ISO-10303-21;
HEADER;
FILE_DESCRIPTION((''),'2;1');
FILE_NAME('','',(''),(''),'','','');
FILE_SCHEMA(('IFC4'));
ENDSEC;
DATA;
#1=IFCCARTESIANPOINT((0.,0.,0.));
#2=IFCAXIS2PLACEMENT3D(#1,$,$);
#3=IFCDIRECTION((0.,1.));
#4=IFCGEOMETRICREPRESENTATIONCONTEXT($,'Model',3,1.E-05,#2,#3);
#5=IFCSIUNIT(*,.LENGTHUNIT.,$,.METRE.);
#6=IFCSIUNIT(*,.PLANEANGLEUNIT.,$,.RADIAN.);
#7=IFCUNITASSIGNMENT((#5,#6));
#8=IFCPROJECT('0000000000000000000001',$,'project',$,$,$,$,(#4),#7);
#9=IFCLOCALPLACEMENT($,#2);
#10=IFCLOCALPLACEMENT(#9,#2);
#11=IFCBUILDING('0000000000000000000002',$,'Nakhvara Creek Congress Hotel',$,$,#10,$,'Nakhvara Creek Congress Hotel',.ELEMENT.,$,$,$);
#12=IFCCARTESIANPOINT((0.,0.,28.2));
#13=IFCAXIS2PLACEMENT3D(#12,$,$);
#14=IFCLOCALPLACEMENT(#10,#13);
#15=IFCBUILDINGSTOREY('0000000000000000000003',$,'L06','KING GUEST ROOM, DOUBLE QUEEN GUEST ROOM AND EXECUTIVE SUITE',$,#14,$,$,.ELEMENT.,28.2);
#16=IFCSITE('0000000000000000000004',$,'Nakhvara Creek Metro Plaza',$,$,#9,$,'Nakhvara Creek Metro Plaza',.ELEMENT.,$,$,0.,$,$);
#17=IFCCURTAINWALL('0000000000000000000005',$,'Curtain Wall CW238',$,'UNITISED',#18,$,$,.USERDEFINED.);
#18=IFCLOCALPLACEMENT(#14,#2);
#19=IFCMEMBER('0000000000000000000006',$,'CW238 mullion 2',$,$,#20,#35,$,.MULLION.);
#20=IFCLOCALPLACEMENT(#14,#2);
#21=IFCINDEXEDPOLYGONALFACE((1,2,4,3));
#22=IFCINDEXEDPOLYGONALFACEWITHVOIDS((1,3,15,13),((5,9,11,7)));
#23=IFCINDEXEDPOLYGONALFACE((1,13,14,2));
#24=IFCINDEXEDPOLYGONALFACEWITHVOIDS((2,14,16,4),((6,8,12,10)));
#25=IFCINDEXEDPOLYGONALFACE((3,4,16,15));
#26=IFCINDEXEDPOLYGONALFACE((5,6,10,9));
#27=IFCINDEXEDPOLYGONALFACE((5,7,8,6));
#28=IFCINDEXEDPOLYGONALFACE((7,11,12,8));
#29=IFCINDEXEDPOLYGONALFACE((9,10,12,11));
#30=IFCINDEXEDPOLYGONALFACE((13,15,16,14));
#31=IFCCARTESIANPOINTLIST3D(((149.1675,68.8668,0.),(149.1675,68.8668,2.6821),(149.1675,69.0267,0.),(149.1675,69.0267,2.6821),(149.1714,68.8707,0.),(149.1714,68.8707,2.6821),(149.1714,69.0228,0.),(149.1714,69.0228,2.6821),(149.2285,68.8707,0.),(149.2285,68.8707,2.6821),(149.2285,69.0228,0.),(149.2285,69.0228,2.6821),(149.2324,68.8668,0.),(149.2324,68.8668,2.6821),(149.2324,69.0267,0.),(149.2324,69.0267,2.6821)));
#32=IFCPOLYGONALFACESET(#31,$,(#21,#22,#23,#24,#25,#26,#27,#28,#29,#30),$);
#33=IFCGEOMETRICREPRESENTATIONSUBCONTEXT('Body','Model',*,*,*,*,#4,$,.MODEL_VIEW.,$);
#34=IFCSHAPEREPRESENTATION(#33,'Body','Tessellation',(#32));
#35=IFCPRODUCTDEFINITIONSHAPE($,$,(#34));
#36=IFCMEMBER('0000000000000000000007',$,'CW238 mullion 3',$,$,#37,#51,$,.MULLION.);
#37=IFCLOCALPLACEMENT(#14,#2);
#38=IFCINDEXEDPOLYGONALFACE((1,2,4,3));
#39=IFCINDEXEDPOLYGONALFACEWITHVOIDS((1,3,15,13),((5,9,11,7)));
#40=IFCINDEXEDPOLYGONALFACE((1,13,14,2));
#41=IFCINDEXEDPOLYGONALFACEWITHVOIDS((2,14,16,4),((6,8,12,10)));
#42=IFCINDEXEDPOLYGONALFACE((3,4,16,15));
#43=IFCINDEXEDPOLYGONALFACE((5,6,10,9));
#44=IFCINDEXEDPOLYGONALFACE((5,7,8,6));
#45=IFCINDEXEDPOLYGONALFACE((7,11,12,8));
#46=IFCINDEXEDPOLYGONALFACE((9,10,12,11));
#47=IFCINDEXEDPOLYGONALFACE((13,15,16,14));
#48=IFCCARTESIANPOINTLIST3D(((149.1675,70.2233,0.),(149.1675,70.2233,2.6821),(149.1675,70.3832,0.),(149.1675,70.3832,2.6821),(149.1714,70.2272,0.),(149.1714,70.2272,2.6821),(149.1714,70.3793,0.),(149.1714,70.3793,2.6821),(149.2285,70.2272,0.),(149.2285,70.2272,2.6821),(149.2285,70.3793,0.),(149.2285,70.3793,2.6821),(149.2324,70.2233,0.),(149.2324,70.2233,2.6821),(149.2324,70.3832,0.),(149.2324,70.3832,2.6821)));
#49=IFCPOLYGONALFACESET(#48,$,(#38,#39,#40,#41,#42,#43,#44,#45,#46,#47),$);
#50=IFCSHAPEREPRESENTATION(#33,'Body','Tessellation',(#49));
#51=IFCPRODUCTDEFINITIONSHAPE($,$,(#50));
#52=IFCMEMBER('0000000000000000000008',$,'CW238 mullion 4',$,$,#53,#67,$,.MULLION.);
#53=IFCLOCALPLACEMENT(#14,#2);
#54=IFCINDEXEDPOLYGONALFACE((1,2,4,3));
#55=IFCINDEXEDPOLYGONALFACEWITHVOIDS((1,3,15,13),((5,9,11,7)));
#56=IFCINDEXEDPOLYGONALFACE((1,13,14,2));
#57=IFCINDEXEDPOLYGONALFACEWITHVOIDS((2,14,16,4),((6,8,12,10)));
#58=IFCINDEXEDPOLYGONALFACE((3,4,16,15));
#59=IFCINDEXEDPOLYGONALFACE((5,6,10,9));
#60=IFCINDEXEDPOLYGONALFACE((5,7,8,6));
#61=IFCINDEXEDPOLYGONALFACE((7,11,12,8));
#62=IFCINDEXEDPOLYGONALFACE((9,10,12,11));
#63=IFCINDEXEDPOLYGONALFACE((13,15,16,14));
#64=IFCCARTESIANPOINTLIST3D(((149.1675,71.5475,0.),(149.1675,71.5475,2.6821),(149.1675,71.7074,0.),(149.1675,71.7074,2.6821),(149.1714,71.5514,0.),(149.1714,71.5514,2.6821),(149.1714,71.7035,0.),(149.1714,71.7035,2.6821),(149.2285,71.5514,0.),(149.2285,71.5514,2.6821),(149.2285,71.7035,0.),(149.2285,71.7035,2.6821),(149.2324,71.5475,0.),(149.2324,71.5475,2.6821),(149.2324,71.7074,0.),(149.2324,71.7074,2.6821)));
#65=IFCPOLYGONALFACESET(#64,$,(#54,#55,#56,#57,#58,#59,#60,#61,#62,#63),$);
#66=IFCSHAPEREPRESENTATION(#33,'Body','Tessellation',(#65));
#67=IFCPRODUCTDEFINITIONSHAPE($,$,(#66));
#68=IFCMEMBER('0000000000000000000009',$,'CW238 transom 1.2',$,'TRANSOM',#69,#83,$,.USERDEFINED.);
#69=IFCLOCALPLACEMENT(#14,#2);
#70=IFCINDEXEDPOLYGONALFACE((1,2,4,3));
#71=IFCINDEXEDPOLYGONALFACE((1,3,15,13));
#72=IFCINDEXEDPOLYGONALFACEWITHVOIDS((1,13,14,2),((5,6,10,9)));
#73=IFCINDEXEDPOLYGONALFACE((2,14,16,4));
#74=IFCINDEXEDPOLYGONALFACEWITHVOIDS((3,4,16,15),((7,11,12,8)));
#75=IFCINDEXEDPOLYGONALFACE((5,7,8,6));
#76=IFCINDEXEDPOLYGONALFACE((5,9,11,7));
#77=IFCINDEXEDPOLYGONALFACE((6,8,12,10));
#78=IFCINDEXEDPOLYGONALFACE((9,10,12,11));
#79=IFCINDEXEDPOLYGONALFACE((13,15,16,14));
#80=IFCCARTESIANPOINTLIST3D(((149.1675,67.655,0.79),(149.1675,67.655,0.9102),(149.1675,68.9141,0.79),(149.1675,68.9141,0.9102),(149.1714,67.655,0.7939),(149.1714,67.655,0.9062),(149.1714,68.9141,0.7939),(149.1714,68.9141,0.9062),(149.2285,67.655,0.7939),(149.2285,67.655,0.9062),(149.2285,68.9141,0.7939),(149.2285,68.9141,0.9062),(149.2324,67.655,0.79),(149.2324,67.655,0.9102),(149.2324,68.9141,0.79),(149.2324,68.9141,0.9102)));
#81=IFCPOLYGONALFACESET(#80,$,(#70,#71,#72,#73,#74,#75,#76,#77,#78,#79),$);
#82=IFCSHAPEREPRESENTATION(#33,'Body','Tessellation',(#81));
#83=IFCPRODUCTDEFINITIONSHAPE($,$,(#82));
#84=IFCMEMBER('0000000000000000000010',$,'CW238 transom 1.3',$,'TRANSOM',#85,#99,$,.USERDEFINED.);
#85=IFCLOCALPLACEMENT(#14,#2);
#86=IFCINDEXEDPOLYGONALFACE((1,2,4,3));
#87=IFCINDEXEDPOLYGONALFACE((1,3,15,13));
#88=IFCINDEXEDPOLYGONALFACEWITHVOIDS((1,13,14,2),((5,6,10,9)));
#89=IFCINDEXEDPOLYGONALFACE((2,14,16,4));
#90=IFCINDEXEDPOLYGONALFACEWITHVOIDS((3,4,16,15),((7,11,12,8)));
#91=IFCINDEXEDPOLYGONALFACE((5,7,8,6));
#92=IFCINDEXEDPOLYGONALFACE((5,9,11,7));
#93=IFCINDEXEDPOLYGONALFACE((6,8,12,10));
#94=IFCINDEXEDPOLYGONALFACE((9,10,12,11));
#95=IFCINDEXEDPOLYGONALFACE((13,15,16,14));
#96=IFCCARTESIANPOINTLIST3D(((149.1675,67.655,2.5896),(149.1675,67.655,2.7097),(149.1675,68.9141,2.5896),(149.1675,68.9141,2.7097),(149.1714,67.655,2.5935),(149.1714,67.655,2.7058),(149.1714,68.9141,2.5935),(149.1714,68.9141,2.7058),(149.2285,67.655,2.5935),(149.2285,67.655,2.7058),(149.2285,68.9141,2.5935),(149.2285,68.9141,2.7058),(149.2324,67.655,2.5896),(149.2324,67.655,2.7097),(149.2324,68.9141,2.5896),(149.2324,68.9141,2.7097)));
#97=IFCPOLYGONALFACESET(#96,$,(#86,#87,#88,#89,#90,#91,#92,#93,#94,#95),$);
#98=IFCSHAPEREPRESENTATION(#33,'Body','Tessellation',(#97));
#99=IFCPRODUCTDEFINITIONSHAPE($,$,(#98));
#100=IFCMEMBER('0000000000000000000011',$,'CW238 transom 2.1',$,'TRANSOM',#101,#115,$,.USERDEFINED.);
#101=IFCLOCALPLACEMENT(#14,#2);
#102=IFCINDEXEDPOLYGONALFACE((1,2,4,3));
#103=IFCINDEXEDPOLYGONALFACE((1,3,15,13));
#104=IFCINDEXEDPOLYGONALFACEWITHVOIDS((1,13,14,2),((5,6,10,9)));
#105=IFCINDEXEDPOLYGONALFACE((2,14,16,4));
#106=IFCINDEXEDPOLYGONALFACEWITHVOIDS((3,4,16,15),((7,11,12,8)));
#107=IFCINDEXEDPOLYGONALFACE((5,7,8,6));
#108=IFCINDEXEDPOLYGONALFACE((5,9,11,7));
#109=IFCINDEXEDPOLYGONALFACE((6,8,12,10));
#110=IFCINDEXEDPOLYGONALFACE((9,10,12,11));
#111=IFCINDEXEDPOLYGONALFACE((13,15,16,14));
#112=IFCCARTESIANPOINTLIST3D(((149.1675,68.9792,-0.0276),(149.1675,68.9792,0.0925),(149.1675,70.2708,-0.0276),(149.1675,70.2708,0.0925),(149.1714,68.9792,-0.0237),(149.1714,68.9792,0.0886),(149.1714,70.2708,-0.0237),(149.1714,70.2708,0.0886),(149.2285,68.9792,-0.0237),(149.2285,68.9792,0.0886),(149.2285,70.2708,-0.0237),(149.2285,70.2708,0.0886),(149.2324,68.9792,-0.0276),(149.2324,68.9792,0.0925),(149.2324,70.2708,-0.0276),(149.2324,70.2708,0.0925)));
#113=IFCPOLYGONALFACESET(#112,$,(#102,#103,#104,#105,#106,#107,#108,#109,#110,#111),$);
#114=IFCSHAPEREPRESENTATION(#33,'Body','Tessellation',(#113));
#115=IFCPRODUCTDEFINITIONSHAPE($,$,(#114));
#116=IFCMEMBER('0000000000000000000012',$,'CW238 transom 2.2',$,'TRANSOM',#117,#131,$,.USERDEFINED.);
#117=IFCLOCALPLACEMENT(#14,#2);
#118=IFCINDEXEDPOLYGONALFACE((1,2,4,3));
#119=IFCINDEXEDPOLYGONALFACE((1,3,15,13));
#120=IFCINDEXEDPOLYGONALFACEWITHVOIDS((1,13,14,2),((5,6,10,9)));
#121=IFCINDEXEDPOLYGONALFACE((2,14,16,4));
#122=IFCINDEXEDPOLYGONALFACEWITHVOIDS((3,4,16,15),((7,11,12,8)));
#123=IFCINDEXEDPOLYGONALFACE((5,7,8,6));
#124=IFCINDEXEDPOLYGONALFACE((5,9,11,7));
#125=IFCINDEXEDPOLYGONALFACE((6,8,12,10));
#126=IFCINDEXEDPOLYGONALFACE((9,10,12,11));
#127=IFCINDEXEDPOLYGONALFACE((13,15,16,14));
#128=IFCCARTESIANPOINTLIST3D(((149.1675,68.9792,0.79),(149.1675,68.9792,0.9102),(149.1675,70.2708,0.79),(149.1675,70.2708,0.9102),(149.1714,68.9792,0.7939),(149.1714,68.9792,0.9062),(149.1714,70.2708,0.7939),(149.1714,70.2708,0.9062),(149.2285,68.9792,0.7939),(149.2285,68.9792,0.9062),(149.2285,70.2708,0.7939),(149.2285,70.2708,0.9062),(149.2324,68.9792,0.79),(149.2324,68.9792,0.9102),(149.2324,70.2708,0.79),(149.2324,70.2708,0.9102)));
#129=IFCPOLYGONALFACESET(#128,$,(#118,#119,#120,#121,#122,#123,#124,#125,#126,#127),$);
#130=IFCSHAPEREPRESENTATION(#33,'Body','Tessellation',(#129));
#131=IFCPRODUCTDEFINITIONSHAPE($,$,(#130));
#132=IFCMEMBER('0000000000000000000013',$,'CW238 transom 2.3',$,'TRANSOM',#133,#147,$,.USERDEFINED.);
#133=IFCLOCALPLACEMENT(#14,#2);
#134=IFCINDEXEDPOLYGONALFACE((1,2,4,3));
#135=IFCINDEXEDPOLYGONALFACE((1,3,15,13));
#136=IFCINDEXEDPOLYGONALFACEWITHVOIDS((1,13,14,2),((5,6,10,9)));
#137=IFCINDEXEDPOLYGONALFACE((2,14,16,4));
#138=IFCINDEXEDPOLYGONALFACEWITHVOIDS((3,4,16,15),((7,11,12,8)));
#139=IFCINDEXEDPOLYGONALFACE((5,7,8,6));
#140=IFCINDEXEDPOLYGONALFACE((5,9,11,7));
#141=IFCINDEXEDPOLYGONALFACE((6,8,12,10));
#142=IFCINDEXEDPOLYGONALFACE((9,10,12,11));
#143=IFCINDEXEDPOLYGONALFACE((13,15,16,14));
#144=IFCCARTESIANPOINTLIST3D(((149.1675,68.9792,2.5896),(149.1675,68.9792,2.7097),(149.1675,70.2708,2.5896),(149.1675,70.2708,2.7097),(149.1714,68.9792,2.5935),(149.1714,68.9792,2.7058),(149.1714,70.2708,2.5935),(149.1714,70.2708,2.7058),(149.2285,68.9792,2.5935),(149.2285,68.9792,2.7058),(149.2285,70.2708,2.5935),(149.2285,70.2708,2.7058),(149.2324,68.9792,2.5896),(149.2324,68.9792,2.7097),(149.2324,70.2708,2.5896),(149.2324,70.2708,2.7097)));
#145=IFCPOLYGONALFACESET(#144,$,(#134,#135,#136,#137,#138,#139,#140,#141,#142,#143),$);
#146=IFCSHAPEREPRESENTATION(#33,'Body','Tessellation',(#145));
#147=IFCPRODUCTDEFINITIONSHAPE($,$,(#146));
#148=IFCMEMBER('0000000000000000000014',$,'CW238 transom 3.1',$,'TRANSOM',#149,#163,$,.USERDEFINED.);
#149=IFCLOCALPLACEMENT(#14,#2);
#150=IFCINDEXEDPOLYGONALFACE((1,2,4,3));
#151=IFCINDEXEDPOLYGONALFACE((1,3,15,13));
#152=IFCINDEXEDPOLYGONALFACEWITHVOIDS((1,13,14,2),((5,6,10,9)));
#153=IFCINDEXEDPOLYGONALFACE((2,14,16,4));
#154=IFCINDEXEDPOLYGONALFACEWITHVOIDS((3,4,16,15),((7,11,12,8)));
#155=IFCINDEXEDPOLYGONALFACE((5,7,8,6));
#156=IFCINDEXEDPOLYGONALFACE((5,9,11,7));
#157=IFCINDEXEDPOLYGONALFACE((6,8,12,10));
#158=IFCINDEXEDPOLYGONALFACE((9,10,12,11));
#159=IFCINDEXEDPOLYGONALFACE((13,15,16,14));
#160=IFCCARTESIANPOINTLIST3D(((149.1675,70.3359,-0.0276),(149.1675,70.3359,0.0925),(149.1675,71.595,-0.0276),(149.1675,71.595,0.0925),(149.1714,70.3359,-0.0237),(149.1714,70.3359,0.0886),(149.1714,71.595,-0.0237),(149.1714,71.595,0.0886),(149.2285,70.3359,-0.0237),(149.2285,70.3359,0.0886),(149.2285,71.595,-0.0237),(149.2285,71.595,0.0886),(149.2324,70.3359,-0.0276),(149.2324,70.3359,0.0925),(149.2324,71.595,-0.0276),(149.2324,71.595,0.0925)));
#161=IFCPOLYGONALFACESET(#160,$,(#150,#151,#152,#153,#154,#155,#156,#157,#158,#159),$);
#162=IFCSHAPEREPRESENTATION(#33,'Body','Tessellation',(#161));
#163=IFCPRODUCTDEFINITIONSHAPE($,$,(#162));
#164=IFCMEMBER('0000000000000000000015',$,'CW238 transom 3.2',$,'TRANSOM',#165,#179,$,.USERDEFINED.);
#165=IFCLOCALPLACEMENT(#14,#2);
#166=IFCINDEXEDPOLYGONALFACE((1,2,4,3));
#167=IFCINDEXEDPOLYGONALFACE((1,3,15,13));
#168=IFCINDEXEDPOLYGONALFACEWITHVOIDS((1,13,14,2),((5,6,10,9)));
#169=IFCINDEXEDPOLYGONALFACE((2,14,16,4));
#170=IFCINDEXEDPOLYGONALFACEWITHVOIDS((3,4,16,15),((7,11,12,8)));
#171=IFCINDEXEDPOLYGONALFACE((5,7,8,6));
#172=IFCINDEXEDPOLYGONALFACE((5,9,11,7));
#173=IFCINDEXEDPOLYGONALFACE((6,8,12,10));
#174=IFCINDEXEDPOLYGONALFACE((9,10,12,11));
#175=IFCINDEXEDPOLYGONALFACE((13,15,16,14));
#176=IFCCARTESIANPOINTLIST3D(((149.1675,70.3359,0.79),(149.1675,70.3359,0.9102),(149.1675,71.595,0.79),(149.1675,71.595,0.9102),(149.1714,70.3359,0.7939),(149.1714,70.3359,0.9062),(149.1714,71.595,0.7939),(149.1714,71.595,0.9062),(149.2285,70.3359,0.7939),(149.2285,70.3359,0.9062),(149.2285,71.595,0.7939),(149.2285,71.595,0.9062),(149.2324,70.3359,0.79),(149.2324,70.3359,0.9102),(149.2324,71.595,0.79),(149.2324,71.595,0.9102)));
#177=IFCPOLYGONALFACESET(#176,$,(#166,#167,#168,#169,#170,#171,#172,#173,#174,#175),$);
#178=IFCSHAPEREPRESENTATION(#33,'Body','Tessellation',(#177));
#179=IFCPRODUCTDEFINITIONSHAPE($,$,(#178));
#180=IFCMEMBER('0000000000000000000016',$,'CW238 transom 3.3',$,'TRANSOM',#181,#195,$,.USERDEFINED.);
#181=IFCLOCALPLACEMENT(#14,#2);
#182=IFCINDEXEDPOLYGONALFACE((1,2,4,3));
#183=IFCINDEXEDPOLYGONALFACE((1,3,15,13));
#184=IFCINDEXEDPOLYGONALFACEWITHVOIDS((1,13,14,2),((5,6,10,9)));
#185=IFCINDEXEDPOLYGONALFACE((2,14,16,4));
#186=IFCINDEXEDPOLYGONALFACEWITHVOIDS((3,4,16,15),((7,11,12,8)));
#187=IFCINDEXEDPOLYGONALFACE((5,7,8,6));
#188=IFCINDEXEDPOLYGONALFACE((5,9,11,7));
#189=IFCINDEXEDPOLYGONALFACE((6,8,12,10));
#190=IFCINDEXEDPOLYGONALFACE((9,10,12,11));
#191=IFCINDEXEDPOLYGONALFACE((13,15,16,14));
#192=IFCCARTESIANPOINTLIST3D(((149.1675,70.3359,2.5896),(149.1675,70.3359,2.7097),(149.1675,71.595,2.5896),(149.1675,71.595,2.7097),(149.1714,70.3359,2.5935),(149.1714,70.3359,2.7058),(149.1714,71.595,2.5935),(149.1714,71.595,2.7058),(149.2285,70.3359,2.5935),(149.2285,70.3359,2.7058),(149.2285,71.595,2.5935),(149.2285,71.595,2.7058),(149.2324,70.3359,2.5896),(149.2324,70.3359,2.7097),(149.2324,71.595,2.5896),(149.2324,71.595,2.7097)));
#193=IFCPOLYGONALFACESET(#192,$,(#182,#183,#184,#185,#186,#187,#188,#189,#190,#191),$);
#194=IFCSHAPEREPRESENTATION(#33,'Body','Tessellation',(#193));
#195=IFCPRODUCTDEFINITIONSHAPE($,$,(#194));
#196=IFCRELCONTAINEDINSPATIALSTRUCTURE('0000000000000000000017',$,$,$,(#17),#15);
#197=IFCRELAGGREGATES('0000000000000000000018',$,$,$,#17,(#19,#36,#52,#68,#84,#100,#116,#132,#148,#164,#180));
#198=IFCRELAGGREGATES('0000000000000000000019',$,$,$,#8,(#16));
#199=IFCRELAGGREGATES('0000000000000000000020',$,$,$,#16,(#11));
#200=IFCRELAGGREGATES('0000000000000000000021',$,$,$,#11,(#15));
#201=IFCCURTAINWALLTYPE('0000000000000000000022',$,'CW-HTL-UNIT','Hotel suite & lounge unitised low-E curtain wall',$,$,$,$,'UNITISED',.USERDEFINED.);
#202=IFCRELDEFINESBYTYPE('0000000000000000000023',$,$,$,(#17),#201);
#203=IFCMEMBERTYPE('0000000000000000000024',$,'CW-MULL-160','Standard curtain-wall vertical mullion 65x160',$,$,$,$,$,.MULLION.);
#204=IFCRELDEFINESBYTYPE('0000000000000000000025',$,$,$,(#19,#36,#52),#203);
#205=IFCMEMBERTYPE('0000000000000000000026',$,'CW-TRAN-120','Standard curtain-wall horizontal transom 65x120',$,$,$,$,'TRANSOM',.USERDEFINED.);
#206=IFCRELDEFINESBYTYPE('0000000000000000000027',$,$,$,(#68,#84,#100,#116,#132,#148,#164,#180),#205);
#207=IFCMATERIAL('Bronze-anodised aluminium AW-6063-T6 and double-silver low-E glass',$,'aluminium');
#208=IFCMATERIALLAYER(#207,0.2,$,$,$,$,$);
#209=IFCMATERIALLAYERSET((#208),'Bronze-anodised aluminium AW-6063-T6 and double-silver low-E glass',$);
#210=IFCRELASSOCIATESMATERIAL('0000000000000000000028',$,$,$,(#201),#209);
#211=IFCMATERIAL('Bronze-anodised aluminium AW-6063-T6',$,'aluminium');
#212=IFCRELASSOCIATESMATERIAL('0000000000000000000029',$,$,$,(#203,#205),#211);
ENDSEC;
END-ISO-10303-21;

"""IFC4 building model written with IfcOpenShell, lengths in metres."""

from ifc_helpers import new_model, si_unit, direction, frame, origin, origin_2d, place, context, subcontext, project, spatial, hollow_rectangle, extrude, material, layer, layer_set, material_profile, profile_set, type_object, element, aggregate, save


model = new_model("IFC4")

# Units and contexts
model_context = context("Model", 3, precision=1e-05, world=origin(), true_north=direction((0.0, 1.0)))
body_context = subcontext(model_context, "Body", "Model", "MODEL_VIEW")
ifc_project = project(units=[si_unit("LENGTHUNIT", "METRE"), si_unit("PLANEANGLEUNIT", "RADIAN")], contexts=[model_context])

# Site, building, storey
site_placement = place(None, origin())
site = spatial("IfcSite", under=ifc_project, at=site_placement, Name="Nakhvara Creek Metro Plaza", LongName="Nakhvara Creek Metro Plaza", CompositionType="ELEMENT", RefElevation=0.0)
building_placement = place(site_placement, origin())
building = spatial("IfcBuilding", under=site, at=building_placement, Name="Nakhvara Creek Congress Hotel", LongName="Nakhvara Creek Congress Hotel", CompositionType="ELEMENT")
storey_placement = place(building_placement, frame((0.0, 0.0, 28.2)))
storey = spatial("IfcBuildingStorey", under=building, at=storey_placement, Name="L06", Description="KING GUEST ROOM, DOUBLE QUEEN GUEST ROOM AND EXECUTIVE SUITE", CompositionType="ELEMENT", Elevation=28.2)

# Curtain wall, members
ifc_material_1 = material(Name="Bronze-anodised aluminium AW-6063-T6 and double-silver low-E glass", Category="aluminium")
ifc_layer = layer(ifc_material_1, 0.2)
ifc_layer_set = layer_set([ifc_layer], Name="Bronze-anodised aluminium AW-6063-T6 and double-silver low-E glass")
curtain_wall_type = type_object("IfcCurtainWallType", Name="CW-HTL-UNIT", Description="Hotel suite & lounge unitised low-E curtain wall", ElementType="UNITISED", PredefinedType="USERDEFINED", material=ifc_layer_set)
curtain_wall_placement = place(storey_placement, origin())
curtain_wall = element("IfcCurtainWall", 1, at=curtain_wall_placement, inside=storey, type_object=curtain_wall_type, Name="Curtain Wall CW238", ObjectType="UNITISED", PredefinedType="USERDEFINED")
ifc_material_2 = material(Name="Bronze-anodised aluminium AW-6063-T6", Category="aluminium")
ifc_material_profile_1 = material_profile(ifc_material_2, hollow_rectangle(XDim=0.0649, YDim=0.1599, WallThickness=0.0039, at=origin_2d()), Name="ALU-MULL 65x160x4", Category="LoadBearing")
ifc_profile_set_1 = profile_set([ifc_material_profile_1], Name="Bronze-anodised aluminium AW-6063-T6")
member_type_1 = type_object("IfcMemberType", Name="CW-MULL-160", Description="Standard curtain-wall vertical mullion 65x160", PredefinedType="MULLION", material=ifc_profile_set_1)
member_1_placement = place(storey_placement, frame((149.2, 68.9468, 0.0), z_axis=(0.0, 0.0, 1.0), x_axis=(-1.0, 0.0, 0.0)))
member_1 = element("IfcMember", 2, at=member_1_placement, type_object=member_type_1, Name="CW238 mullion 2", PredefinedType="MULLION", context=body_context, shape_type="SweptSolid", body=[
    extrude(hollow_rectangle(XDim=0.0649, YDim=0.1599, WallThickness=0.0039, at=origin_2d()), origin(), (0.0, 0.0, 1.0), 2.6821),
])
member_2_placement = place(storey_placement, frame((149.2, 70.3032, 0.0), z_axis=(0.0, 0.0, 1.0), x_axis=(-1.0, 0.0, 0.0)))
member_2 = element("IfcMember", 3, at=member_2_placement, type_object=member_type_1, Name="CW238 mullion 3", PredefinedType="MULLION", context=body_context, shape_type="SweptSolid", body=[
    extrude(hollow_rectangle(XDim=0.0649, YDim=0.1599, WallThickness=0.0039, at=origin_2d()), origin(), (0.0, 0.0, 1.0), 2.6821),
])
member_3_placement = place(storey_placement, frame((149.2, 71.6274, 0.0), z_axis=(0.0, 0.0, 1.0), x_axis=(-1.0, 0.0, 0.0)))
member_3 = element("IfcMember", 4, at=member_3_placement, type_object=member_type_1, Name="CW238 mullion 4", PredefinedType="MULLION", context=body_context, shape_type="SweptSolid", body=[
    extrude(hollow_rectangle(XDim=0.0649, YDim=0.1599, WallThickness=0.0039, at=origin_2d()), origin(), (0.0, 0.0, 1.0), 2.6821),
])
ifc_material_profile_2 = material_profile(ifc_material_2, hollow_rectangle(XDim=0.0649, YDim=0.1201, WallThickness=0.0039, at=origin_2d()), Name="ALU-TRAN 65x120x4", Category="LoadBearing")
ifc_profile_set_2 = profile_set([ifc_material_profile_2], Name="Bronze-anodised aluminium AW-6063-T6")
member_type_2 = type_object("IfcMemberType", Name="CW-TRAN-120", Description="Standard curtain-wall horizontal transom 65x120", ElementType="TRANSOM", PredefinedType="USERDEFINED", material=ifc_profile_set_2)
member_4_placement = place(storey_placement, frame((149.2, 67.655, 0.8501), z_axis=(0.0, 1.0, 0.0), x_axis=(-1.0, 0.0, 0.0)))
member_4 = element("IfcMember", 5, at=member_4_placement, type_object=member_type_2, Name="CW238 transom 1.2", ObjectType="TRANSOM", PredefinedType="USERDEFINED", context=body_context, shape_type="SweptSolid", body=[
    extrude(hollow_rectangle(XDim=0.0649, YDim=0.1201, WallThickness=0.0039, at=origin_2d()), origin(), (0.0, 0.0, 1.0), 1.259),
])
member_5_placement = place(storey_placement, frame((149.2, 67.655, 2.6497), z_axis=(0.0, 1.0, 0.0), x_axis=(-1.0, 0.0, 0.0)))
member_5 = element("IfcMember", 6, at=member_5_placement, type_object=member_type_2, Name="CW238 transom 1.3", ObjectType="TRANSOM", PredefinedType="USERDEFINED", context=body_context, shape_type="SweptSolid", body=[
    extrude(hollow_rectangle(XDim=0.0649, YDim=0.1201, WallThickness=0.0039, at=origin_2d()), origin(), (0.0, 0.0, 1.0), 1.259),
])
member_6_placement = place(storey_placement, frame((149.2, 68.9792, 0.0325), z_axis=(0.0, 1.0, 0.0), x_axis=(-1.0, 0.0, 0.0)))
member_6 = element("IfcMember", 7, at=member_6_placement, type_object=member_type_2, Name="CW238 transom 2.1", ObjectType="TRANSOM", PredefinedType="USERDEFINED", context=body_context, shape_type="SweptSolid", body=[
    extrude(hollow_rectangle(XDim=0.0649, YDim=0.1201, WallThickness=0.0039, at=origin_2d()), origin(), (0.0, 0.0, 1.0), 1.2915),
])
member_7_placement = place(storey_placement, frame((149.2, 68.9792, 0.8501), z_axis=(0.0, 1.0, 0.0), x_axis=(-1.0, 0.0, 0.0)))
member_7 = element("IfcMember", 8, at=member_7_placement, type_object=member_type_2, Name="CW238 transom 2.2", ObjectType="TRANSOM", PredefinedType="USERDEFINED", context=body_context, shape_type="SweptSolid", body=[
    extrude(hollow_rectangle(XDim=0.0649, YDim=0.1201, WallThickness=0.0039, at=origin_2d()), origin(), (0.0, 0.0, 1.0), 1.2915),
])
member_8_placement = place(storey_placement, frame((149.2, 68.9792, 2.6497), z_axis=(0.0, 1.0, 0.0), x_axis=(-1.0, 0.0, 0.0)))
member_8 = element("IfcMember", 9, at=member_8_placement, type_object=member_type_2, Name="CW238 transom 2.3", ObjectType="TRANSOM", PredefinedType="USERDEFINED", context=body_context, shape_type="SweptSolid", body=[
    extrude(hollow_rectangle(XDim=0.0649, YDim=0.1201, WallThickness=0.0039, at=origin_2d()), origin(), (0.0, 0.0, 1.0), 1.2915),
])
member_9_placement = place(storey_placement, frame((149.2, 70.3359, 0.0325), z_axis=(0.0, 1.0, 0.0), x_axis=(-1.0, 0.0, 0.0)))
member_9 = element("IfcMember", 10, at=member_9_placement, type_object=member_type_2, Name="CW238 transom 3.1", ObjectType="TRANSOM", PredefinedType="USERDEFINED", context=body_context, shape_type="SweptSolid", body=[
    extrude(hollow_rectangle(XDim=0.0649, YDim=0.1201, WallThickness=0.0039, at=origin_2d()), origin(), (0.0, 0.0, 1.0), 1.259),
])
member_10_placement = place(storey_placement, frame((149.2, 70.3359, 0.8501), z_axis=(0.0, 1.0, 0.0), x_axis=(-1.0, 0.0, 0.0)))
member_10 = element("IfcMember", 11, at=member_10_placement, type_object=member_type_2, Name="CW238 transom 3.2", ObjectType="TRANSOM", PredefinedType="USERDEFINED", context=body_context, shape_type="SweptSolid", body=[
    extrude(hollow_rectangle(XDim=0.0649, YDim=0.1201, WallThickness=0.0039, at=origin_2d()), origin(), (0.0, 0.0, 1.0), 1.259),
])
member_11_placement = place(storey_placement, frame((149.2, 70.3359, 2.6497), z_axis=(0.0, 1.0, 0.0), x_axis=(-1.0, 0.0, 0.0)))
member_11 = element("IfcMember", 12, at=member_11_placement, type_object=member_type_2, Name="CW238 transom 3.3", ObjectType="TRANSOM", PredefinedType="USERDEFINED", context=body_context, shape_type="SweptSolid", body=[
    extrude(hollow_rectangle(XDim=0.0649, YDim=0.1201, WallThickness=0.0039, at=origin_2d()), origin(), (0.0, 0.0, 1.0), 1.259),
])
aggregate(curtain_wall, [member_1, member_2, member_3, member_4, member_5, member_6, member_7, member_8, member_9, member_10, member_11])

save(model, "model.ifc")
